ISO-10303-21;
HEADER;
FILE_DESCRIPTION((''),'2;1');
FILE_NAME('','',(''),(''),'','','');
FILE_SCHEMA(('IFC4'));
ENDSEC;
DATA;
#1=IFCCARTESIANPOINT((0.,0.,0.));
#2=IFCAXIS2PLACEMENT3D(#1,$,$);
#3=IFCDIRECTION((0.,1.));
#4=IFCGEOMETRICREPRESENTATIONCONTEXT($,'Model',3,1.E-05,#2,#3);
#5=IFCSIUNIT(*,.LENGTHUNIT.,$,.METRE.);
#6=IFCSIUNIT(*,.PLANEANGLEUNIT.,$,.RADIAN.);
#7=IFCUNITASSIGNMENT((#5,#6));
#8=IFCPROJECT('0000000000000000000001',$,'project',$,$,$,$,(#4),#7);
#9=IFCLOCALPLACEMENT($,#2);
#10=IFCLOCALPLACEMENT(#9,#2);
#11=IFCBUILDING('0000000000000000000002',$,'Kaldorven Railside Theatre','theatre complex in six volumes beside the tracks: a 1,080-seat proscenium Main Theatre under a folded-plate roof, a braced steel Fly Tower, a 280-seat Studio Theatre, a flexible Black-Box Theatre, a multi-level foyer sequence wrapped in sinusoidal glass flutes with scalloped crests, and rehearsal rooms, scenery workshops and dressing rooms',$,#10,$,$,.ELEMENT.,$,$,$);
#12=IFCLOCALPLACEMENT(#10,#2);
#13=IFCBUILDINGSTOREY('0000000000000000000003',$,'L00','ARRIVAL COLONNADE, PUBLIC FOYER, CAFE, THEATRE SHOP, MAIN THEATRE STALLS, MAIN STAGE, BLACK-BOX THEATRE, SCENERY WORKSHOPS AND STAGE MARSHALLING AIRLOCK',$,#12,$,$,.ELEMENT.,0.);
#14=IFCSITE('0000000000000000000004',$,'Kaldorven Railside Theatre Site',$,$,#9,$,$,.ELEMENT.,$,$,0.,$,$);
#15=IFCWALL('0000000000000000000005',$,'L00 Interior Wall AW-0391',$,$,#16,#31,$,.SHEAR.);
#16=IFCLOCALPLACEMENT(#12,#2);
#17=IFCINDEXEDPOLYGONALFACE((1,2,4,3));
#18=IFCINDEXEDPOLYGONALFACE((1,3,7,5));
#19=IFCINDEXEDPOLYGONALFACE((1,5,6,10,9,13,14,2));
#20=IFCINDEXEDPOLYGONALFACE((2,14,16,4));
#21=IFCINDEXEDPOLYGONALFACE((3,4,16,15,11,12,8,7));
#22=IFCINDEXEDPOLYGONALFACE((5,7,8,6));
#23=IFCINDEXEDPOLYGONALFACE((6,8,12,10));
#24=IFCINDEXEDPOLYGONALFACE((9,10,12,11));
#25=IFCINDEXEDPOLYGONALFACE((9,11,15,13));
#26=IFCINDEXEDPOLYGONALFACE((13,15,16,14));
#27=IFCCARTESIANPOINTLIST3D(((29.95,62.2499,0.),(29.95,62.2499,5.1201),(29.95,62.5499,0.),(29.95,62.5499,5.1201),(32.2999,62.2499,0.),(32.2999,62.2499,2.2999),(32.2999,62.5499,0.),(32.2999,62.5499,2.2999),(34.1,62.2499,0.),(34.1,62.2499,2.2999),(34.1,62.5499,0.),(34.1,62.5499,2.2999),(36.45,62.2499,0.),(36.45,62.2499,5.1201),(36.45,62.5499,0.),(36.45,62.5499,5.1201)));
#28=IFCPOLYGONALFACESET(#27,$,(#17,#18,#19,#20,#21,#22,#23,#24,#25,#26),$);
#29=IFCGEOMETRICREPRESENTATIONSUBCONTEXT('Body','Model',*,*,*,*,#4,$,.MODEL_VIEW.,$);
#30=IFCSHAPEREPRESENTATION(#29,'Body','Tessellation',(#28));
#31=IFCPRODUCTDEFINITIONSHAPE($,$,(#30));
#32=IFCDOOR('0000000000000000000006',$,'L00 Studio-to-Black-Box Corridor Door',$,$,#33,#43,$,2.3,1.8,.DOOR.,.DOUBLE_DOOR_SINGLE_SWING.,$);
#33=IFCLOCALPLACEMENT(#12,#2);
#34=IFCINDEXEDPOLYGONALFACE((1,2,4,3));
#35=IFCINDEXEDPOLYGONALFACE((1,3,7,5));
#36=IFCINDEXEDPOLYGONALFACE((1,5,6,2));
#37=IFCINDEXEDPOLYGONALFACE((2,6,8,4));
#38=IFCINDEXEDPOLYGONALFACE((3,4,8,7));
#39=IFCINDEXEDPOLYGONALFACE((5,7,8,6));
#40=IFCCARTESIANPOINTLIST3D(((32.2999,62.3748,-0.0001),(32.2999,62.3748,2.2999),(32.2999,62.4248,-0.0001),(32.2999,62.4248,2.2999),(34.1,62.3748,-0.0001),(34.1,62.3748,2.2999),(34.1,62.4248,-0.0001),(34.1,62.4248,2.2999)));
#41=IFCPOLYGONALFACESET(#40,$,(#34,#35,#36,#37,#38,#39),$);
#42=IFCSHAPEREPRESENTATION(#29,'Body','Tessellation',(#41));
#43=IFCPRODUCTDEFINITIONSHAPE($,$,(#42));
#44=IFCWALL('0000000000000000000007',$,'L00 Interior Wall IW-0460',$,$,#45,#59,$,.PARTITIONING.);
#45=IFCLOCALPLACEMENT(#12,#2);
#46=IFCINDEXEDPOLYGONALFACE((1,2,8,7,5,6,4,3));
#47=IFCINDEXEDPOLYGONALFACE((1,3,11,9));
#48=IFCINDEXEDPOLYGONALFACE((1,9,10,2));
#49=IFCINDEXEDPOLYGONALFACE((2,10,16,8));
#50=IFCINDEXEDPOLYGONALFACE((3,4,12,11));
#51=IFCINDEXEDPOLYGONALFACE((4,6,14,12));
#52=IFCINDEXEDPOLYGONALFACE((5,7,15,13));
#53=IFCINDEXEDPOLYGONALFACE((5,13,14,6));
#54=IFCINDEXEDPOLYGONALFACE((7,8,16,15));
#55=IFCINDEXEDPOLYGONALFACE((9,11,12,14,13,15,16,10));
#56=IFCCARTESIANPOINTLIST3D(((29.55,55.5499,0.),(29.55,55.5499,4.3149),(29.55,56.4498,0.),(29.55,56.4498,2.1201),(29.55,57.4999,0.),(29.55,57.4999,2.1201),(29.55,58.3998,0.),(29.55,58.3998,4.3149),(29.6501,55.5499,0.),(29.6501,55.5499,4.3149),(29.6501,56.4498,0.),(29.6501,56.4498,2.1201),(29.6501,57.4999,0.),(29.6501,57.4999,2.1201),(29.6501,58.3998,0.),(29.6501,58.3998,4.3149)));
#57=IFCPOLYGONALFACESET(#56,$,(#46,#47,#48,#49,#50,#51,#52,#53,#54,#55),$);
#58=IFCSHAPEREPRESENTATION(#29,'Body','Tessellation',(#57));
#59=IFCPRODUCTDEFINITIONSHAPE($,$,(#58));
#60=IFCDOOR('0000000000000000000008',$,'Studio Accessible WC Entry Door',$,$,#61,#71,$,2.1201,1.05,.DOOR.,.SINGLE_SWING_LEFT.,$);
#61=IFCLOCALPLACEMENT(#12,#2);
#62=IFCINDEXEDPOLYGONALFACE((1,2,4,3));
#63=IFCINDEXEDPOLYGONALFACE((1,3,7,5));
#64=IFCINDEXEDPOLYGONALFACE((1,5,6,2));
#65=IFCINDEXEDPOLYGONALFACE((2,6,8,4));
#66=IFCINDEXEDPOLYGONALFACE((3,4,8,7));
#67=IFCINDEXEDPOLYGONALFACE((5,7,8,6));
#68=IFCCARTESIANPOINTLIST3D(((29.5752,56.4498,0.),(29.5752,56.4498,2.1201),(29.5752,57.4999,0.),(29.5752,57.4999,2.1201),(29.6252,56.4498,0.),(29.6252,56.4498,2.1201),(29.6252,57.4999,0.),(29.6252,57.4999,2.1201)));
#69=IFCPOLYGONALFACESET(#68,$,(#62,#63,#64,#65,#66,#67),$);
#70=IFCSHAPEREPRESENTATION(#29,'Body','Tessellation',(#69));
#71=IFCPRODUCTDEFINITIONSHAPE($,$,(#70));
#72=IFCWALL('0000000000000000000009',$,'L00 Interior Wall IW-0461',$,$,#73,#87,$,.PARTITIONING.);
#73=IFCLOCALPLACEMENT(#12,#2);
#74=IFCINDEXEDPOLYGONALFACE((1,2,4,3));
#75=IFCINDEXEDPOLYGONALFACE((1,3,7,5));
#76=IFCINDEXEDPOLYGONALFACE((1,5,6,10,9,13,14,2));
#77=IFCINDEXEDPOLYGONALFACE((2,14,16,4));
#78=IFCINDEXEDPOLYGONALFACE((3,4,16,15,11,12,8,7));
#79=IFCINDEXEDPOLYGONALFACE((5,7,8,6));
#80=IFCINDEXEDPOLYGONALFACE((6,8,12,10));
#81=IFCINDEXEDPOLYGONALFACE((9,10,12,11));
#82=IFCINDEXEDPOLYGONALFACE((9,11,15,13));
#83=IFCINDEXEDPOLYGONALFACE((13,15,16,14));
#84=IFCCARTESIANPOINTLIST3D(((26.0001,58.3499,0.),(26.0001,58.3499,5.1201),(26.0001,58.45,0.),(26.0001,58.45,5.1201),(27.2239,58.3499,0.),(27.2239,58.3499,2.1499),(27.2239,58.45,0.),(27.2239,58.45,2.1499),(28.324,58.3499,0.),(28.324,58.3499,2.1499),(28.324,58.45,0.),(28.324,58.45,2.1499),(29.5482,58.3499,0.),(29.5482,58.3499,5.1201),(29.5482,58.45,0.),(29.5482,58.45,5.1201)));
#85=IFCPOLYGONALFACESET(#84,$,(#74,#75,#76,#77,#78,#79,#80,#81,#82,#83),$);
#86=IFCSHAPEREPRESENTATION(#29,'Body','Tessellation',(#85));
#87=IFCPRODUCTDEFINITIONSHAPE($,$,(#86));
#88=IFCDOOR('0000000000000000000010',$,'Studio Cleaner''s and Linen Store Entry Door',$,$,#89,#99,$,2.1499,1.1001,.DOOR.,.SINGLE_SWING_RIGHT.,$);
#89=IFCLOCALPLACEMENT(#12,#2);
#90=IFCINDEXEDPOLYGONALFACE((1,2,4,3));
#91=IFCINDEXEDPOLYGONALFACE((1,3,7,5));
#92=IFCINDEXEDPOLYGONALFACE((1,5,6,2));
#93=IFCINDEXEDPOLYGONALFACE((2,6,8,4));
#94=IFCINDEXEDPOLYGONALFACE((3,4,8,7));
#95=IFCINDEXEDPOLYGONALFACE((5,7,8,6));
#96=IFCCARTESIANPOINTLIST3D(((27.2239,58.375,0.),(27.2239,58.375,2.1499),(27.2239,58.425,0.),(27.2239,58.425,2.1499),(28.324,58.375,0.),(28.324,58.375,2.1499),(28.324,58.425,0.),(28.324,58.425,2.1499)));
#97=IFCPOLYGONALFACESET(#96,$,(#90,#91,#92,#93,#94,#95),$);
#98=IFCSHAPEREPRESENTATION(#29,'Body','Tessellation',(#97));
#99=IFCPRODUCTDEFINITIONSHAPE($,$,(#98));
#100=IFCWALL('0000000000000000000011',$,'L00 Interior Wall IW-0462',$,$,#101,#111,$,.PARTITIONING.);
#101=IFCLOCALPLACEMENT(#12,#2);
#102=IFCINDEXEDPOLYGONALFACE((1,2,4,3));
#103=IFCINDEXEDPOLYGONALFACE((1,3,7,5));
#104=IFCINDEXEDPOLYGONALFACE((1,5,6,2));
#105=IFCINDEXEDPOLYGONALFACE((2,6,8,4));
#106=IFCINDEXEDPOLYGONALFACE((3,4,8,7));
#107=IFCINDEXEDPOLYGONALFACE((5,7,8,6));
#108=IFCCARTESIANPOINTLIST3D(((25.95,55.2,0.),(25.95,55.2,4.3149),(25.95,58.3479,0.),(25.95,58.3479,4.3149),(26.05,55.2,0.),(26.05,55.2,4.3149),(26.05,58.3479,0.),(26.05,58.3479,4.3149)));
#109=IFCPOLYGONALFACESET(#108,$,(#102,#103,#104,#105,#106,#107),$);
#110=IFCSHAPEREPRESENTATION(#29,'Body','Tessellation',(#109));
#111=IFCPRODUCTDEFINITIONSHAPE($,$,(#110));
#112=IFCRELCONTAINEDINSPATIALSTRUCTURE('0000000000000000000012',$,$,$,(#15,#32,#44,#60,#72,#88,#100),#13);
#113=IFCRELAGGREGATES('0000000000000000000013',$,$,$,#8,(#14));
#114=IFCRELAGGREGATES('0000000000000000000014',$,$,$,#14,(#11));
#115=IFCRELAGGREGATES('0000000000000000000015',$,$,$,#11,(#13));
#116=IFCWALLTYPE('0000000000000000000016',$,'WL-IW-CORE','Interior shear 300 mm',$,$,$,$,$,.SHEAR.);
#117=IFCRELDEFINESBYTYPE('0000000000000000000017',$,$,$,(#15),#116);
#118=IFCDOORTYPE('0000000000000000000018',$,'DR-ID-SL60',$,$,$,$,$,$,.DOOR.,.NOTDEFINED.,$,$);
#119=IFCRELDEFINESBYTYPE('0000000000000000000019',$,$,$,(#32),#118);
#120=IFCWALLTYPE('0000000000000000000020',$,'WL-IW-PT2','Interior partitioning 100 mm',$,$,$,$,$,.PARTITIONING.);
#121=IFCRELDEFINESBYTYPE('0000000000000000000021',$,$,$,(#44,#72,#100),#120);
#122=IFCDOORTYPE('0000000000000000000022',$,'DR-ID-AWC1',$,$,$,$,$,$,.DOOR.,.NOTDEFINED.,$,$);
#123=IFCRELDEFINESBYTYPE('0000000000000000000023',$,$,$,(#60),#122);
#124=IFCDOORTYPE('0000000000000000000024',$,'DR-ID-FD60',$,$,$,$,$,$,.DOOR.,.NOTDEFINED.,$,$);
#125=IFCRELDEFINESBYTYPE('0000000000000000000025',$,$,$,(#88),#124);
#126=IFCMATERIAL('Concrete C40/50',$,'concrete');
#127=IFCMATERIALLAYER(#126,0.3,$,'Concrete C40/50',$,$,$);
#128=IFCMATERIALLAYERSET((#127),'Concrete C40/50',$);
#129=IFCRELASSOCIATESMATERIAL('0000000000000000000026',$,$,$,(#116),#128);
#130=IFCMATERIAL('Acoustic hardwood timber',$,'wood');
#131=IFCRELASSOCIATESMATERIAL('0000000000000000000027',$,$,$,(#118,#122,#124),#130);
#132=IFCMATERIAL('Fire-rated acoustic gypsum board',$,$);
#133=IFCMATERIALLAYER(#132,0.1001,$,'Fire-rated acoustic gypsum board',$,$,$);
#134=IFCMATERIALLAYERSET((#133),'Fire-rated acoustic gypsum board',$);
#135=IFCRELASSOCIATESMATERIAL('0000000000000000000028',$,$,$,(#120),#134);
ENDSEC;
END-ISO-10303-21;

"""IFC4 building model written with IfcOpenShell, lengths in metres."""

from ifc_helpers import new_model, si_unit, direction, frame, frame_2d, origin, place, context, subcontext, project, spatial, rectangle, extrude, material, layer, layer_set, type_object, element, fill, save


model = new_model("IFC4")

# Units and contexts
model_context = context("Model", 3, precision=1e-05, world=origin(), true_north=direction((0.0, 1.0)))
body_context = subcontext(model_context, "Body", "Model", "MODEL_VIEW")
ifc_project = project(units=[si_unit("LENGTHUNIT", "METRE"), si_unit("PLANEANGLEUNIT", "RADIAN")], contexts=[model_context])

# Site, building, storey
site_placement = place(None, origin())
site = spatial("IfcSite", under=ifc_project, at=site_placement, Name="Kaldorven Railside Theatre Site", CompositionType="ELEMENT", RefElevation=0.0)
building_placement = place(site_placement, origin())
building = spatial("IfcBuilding", under=site, at=building_placement, Name="Kaldorven Railside Theatre", Description="theatre complex in six volumes beside the tracks: a 1,080-seat proscenium Main Theatre under a folded-plate roof, a braced steel Fly Tower, a 280-seat Studio Theatre, a flexible Black-Box Theatre, a multi-level foyer sequence wrapped in sinusoidal glass flutes with scalloped crests, and rehearsal rooms, scenery workshops and dressing rooms", CompositionType="ELEMENT")
storey_placement = place(building_placement, origin())
storey = spatial("IfcBuildingStorey", under=building, at=storey_placement, Name="L00", Description="ARRIVAL COLONNADE, PUBLIC FOYER, CAFE, THEATRE SHOP, MAIN THEATRE STALLS, MAIN STAGE, BLACK-BOX THEATRE, SCENERY WORKSHOPS AND STAGE MARSHALLING AIRLOCK", CompositionType="ELEMENT", Elevation=0.0)

# Shared definitions
ifc_material_1 = material(Name="Concrete C40/50", Category="concrete")

# Walls, openings, doors
ifc_material_2 = material(Name="Acoustic hardwood timber", Category="wood")
ifc_layer_1 = layer(ifc_material_1, 0.3, Name="Concrete C40/50")
ifc_layer_set_1 = layer_set([ifc_layer_1], Name="Concrete C40/50")
wall_type_1 = type_object("IfcWallType", Name="WL-IW-CORE", Description="Interior shear 300 mm", PredefinedType="SHEAR", material=ifc_layer_set_1)
wall_1_placement = place(storey_placement, frame((29.95, 62.3999, 0.0), z_axis=(0.0, 0.0, 1.0), x_axis=(1.0, 0.0, 0.0)))
wall_1 = element("IfcWall", 1, at=wall_1_placement, inside=storey, type_object=wall_type_1, Name="L00 Interior Wall AW-0391", PredefinedType="SHEAR", context=body_context, shape_type="SweptSolid", body=[
    extrude(rectangle(XDim=6.5, YDim=0.3, at=frame_2d((3.25, 0.0))), origin(), (0.0, 0.0, 1.0), 5.1201),
])
opening_1_placement = place(wall_1_placement, frame((2.3501, 0.0, 0.0)))
opening_1 = element("IfcOpeningElement", 2, at=opening_1_placement, cuts=wall_1, PredefinedType="OPENING", context=body_context, shape_type="SweptSolid", body=[
    extrude(rectangle(XDim=1.8, YDim=2.3, at=frame_2d((0.8999, 1.1499))), frame((0.0, 0.1602, 0.0), z_axis=(0.0, -1.0, 0.0), x_axis=(1.0, 0.0, 0.0)), (0.0, 0.0, 1.0), 0.3201),
])
door_type_1 = type_object("IfcDoorType", Name="DR-ID-SL60", OperationType="NOTDEFINED", PredefinedType="DOOR", material=ifc_material_2)
door_1_placement = place(opening_1_placement, origin())
door_1 = element("IfcDoor", 3, at=door_1_placement, inside=storey, type_object=door_type_1, Name="L00 Studio-to-Black-Box Corridor Door", OperationType="DOUBLE_DOOR_SINGLE_SWING", OverallHeight=2.3, OverallWidth=1.8, PredefinedType="DOOR", context=body_context, shape_type="SweptSolid", body=[
    extrude(rectangle(XDim=1.8, YDim=2.3, at=frame_2d((0.8999, 1.1499))), frame((0.0, 0.0249, 0.0), z_axis=(0.0, -1.0, 0.0), x_axis=(1.0, 0.0, 0.0)), (0.0, 0.0, 1.0), 0.05),
])
fill(opening_1, door_1)
ifc_material_3 = material(Name="Fire-rated acoustic gypsum board")
ifc_layer_2 = layer(ifc_material_3, 0.1001, Name="Fire-rated acoustic gypsum board")
ifc_layer_set_2 = layer_set([ifc_layer_2], Name="Fire-rated acoustic gypsum board")
wall_type_2 = type_object("IfcWallType", Name="WL-IW-PT2", Description="Interior partitioning 100 mm", PredefinedType="PARTITIONING", material=ifc_layer_set_2)
wall_2_placement = place(storey_placement, frame((29.6001, 55.55, 0.0), z_axis=(0.0, 0.0, 1.0), x_axis=(0.0, 1.0, 0.0)))
wall_2 = element("IfcWall", 4, at=wall_2_placement, inside=storey, type_object=wall_type_2, Name="L00 Interior Wall IW-0460", PredefinedType="PARTITIONING", context=body_context, shape_type="SweptSolid", body=[
    extrude(rectangle(XDim=2.8499, YDim=0.1001, at=frame_2d((1.4248, 0.0))), origin(), (0.0, 0.0, 1.0), 4.3149),
])
opening_2_placement = place(wall_2_placement, frame((0.8999, 0.0, 0.0)))
opening_2 = element("IfcOpeningElement", 5, at=opening_2_placement, cuts=wall_2, PredefinedType="OPENING", context=body_context, shape_type="SweptSolid", body=[
    extrude(rectangle(XDim=1.05, YDim=2.1201, at=frame_2d((0.5249, 1.0601))), frame((0.0, 0.0601, 0.0), z_axis=(0.0, -1.0, 0.0), x_axis=(1.0, 0.0, 0.0)), (0.0, 0.0, 1.0), 0.1201),
])
door_type_2 = type_object("IfcDoorType", Name="DR-ID-AWC1", OperationType="NOTDEFINED", PredefinedType="DOOR", material=ifc_material_2)
door_2_placement = place(opening_2_placement, origin())
door_2 = element("IfcDoor", 6, at=door_2_placement, inside=storey, type_object=door_type_2, Name="Studio Accessible WC Entry Door", OperationType="SINGLE_SWING_LEFT", OverallHeight=2.1201, OverallWidth=1.05, PredefinedType="DOOR", context=body_context, shape_type="SweptSolid", body=[
    extrude(rectangle(XDim=1.05, YDim=2.1201, at=frame_2d((0.5249, 1.0601))), frame((0.0, 0.0249, 0.0), z_axis=(0.0, -1.0, 0.0), x_axis=(1.0, 0.0, 0.0)), (0.0, 0.0, 1.0), 0.05),
])
fill(opening_2, door_2)
wall_3_placement = place(storey_placement, frame((29.5481, 58.3999, 0.0), z_axis=(0.0, 0.0, 1.0), x_axis=(-1.0, 0.0, 0.0)))
wall_3 = element("IfcWall", 7, at=wall_3_placement, inside=storey, type_object=wall_type_2, Name="L00 Interior Wall IW-0461", PredefinedType="PARTITIONING", context=body_context, shape_type="SweptSolid", body=[
    extrude(rectangle(XDim=3.5481, YDim=0.1001, at=frame_2d((1.7739, 0.0))), origin(), (0.0, 0.0, 1.0), 5.1201),
])
opening_3_placement = place(wall_3_placement, frame((1.2241, 0.0, 0.0)))
opening_3 = element("IfcOpeningElement", 8, at=opening_3_placement, cuts=wall_3, PredefinedType="OPENING", context=body_context, shape_type="SweptSolid", body=[
    extrude(rectangle(XDim=1.1001, YDim=2.1499, at=frame_2d((0.55, 1.075))), frame((0.0, 0.0601, 0.0), z_axis=(0.0, -1.0, 0.0), x_axis=(1.0, 0.0, 0.0)), (0.0, 0.0, 1.0), 0.1201),
])
door_type_3 = type_object("IfcDoorType", Name="DR-ID-FD60", OperationType="NOTDEFINED", PredefinedType="DOOR", material=ifc_material_2)
door_3_placement = place(opening_3_placement, origin())
door_3 = element("IfcDoor", 9, at=door_3_placement, inside=storey, type_object=door_type_3, Name="Studio Cleaner's and Linen Store Entry Door", OperationType="SINGLE_SWING_RIGHT", OverallHeight=2.1499, OverallWidth=1.1001, PredefinedType="DOOR", context=body_context, shape_type="SweptSolid", body=[
    extrude(rectangle(XDim=1.1001, YDim=2.1499, at=frame_2d((0.55, 1.075))), frame((0.0, 0.0249, 0.0), z_axis=(0.0, -1.0, 0.0), x_axis=(1.0, 0.0, 0.0)), (0.0, 0.0, 1.0), 0.05),
])
fill(opening_3, door_3)

# Wall
wall_4_placement = place(storey_placement, frame((26.0, 58.3479, 0.0), z_axis=(0.0, 0.0, 1.0), x_axis=(0.0, -1.0, 0.0)))
element("IfcWall", 10, at=wall_4_placement, inside=storey, type_object=wall_type_2, Name="L00 Interior Wall IW-0462", PredefinedType="PARTITIONING", context=body_context, shape_type="SweptSolid", body=[
    extrude(rectangle(XDim=3.1479, YDim=0.1001, at=frame_2d((1.574, 0.0))), origin(), (0.0, 0.0, 1.0), 4.3149),
])

save(model, "model.ifc")
